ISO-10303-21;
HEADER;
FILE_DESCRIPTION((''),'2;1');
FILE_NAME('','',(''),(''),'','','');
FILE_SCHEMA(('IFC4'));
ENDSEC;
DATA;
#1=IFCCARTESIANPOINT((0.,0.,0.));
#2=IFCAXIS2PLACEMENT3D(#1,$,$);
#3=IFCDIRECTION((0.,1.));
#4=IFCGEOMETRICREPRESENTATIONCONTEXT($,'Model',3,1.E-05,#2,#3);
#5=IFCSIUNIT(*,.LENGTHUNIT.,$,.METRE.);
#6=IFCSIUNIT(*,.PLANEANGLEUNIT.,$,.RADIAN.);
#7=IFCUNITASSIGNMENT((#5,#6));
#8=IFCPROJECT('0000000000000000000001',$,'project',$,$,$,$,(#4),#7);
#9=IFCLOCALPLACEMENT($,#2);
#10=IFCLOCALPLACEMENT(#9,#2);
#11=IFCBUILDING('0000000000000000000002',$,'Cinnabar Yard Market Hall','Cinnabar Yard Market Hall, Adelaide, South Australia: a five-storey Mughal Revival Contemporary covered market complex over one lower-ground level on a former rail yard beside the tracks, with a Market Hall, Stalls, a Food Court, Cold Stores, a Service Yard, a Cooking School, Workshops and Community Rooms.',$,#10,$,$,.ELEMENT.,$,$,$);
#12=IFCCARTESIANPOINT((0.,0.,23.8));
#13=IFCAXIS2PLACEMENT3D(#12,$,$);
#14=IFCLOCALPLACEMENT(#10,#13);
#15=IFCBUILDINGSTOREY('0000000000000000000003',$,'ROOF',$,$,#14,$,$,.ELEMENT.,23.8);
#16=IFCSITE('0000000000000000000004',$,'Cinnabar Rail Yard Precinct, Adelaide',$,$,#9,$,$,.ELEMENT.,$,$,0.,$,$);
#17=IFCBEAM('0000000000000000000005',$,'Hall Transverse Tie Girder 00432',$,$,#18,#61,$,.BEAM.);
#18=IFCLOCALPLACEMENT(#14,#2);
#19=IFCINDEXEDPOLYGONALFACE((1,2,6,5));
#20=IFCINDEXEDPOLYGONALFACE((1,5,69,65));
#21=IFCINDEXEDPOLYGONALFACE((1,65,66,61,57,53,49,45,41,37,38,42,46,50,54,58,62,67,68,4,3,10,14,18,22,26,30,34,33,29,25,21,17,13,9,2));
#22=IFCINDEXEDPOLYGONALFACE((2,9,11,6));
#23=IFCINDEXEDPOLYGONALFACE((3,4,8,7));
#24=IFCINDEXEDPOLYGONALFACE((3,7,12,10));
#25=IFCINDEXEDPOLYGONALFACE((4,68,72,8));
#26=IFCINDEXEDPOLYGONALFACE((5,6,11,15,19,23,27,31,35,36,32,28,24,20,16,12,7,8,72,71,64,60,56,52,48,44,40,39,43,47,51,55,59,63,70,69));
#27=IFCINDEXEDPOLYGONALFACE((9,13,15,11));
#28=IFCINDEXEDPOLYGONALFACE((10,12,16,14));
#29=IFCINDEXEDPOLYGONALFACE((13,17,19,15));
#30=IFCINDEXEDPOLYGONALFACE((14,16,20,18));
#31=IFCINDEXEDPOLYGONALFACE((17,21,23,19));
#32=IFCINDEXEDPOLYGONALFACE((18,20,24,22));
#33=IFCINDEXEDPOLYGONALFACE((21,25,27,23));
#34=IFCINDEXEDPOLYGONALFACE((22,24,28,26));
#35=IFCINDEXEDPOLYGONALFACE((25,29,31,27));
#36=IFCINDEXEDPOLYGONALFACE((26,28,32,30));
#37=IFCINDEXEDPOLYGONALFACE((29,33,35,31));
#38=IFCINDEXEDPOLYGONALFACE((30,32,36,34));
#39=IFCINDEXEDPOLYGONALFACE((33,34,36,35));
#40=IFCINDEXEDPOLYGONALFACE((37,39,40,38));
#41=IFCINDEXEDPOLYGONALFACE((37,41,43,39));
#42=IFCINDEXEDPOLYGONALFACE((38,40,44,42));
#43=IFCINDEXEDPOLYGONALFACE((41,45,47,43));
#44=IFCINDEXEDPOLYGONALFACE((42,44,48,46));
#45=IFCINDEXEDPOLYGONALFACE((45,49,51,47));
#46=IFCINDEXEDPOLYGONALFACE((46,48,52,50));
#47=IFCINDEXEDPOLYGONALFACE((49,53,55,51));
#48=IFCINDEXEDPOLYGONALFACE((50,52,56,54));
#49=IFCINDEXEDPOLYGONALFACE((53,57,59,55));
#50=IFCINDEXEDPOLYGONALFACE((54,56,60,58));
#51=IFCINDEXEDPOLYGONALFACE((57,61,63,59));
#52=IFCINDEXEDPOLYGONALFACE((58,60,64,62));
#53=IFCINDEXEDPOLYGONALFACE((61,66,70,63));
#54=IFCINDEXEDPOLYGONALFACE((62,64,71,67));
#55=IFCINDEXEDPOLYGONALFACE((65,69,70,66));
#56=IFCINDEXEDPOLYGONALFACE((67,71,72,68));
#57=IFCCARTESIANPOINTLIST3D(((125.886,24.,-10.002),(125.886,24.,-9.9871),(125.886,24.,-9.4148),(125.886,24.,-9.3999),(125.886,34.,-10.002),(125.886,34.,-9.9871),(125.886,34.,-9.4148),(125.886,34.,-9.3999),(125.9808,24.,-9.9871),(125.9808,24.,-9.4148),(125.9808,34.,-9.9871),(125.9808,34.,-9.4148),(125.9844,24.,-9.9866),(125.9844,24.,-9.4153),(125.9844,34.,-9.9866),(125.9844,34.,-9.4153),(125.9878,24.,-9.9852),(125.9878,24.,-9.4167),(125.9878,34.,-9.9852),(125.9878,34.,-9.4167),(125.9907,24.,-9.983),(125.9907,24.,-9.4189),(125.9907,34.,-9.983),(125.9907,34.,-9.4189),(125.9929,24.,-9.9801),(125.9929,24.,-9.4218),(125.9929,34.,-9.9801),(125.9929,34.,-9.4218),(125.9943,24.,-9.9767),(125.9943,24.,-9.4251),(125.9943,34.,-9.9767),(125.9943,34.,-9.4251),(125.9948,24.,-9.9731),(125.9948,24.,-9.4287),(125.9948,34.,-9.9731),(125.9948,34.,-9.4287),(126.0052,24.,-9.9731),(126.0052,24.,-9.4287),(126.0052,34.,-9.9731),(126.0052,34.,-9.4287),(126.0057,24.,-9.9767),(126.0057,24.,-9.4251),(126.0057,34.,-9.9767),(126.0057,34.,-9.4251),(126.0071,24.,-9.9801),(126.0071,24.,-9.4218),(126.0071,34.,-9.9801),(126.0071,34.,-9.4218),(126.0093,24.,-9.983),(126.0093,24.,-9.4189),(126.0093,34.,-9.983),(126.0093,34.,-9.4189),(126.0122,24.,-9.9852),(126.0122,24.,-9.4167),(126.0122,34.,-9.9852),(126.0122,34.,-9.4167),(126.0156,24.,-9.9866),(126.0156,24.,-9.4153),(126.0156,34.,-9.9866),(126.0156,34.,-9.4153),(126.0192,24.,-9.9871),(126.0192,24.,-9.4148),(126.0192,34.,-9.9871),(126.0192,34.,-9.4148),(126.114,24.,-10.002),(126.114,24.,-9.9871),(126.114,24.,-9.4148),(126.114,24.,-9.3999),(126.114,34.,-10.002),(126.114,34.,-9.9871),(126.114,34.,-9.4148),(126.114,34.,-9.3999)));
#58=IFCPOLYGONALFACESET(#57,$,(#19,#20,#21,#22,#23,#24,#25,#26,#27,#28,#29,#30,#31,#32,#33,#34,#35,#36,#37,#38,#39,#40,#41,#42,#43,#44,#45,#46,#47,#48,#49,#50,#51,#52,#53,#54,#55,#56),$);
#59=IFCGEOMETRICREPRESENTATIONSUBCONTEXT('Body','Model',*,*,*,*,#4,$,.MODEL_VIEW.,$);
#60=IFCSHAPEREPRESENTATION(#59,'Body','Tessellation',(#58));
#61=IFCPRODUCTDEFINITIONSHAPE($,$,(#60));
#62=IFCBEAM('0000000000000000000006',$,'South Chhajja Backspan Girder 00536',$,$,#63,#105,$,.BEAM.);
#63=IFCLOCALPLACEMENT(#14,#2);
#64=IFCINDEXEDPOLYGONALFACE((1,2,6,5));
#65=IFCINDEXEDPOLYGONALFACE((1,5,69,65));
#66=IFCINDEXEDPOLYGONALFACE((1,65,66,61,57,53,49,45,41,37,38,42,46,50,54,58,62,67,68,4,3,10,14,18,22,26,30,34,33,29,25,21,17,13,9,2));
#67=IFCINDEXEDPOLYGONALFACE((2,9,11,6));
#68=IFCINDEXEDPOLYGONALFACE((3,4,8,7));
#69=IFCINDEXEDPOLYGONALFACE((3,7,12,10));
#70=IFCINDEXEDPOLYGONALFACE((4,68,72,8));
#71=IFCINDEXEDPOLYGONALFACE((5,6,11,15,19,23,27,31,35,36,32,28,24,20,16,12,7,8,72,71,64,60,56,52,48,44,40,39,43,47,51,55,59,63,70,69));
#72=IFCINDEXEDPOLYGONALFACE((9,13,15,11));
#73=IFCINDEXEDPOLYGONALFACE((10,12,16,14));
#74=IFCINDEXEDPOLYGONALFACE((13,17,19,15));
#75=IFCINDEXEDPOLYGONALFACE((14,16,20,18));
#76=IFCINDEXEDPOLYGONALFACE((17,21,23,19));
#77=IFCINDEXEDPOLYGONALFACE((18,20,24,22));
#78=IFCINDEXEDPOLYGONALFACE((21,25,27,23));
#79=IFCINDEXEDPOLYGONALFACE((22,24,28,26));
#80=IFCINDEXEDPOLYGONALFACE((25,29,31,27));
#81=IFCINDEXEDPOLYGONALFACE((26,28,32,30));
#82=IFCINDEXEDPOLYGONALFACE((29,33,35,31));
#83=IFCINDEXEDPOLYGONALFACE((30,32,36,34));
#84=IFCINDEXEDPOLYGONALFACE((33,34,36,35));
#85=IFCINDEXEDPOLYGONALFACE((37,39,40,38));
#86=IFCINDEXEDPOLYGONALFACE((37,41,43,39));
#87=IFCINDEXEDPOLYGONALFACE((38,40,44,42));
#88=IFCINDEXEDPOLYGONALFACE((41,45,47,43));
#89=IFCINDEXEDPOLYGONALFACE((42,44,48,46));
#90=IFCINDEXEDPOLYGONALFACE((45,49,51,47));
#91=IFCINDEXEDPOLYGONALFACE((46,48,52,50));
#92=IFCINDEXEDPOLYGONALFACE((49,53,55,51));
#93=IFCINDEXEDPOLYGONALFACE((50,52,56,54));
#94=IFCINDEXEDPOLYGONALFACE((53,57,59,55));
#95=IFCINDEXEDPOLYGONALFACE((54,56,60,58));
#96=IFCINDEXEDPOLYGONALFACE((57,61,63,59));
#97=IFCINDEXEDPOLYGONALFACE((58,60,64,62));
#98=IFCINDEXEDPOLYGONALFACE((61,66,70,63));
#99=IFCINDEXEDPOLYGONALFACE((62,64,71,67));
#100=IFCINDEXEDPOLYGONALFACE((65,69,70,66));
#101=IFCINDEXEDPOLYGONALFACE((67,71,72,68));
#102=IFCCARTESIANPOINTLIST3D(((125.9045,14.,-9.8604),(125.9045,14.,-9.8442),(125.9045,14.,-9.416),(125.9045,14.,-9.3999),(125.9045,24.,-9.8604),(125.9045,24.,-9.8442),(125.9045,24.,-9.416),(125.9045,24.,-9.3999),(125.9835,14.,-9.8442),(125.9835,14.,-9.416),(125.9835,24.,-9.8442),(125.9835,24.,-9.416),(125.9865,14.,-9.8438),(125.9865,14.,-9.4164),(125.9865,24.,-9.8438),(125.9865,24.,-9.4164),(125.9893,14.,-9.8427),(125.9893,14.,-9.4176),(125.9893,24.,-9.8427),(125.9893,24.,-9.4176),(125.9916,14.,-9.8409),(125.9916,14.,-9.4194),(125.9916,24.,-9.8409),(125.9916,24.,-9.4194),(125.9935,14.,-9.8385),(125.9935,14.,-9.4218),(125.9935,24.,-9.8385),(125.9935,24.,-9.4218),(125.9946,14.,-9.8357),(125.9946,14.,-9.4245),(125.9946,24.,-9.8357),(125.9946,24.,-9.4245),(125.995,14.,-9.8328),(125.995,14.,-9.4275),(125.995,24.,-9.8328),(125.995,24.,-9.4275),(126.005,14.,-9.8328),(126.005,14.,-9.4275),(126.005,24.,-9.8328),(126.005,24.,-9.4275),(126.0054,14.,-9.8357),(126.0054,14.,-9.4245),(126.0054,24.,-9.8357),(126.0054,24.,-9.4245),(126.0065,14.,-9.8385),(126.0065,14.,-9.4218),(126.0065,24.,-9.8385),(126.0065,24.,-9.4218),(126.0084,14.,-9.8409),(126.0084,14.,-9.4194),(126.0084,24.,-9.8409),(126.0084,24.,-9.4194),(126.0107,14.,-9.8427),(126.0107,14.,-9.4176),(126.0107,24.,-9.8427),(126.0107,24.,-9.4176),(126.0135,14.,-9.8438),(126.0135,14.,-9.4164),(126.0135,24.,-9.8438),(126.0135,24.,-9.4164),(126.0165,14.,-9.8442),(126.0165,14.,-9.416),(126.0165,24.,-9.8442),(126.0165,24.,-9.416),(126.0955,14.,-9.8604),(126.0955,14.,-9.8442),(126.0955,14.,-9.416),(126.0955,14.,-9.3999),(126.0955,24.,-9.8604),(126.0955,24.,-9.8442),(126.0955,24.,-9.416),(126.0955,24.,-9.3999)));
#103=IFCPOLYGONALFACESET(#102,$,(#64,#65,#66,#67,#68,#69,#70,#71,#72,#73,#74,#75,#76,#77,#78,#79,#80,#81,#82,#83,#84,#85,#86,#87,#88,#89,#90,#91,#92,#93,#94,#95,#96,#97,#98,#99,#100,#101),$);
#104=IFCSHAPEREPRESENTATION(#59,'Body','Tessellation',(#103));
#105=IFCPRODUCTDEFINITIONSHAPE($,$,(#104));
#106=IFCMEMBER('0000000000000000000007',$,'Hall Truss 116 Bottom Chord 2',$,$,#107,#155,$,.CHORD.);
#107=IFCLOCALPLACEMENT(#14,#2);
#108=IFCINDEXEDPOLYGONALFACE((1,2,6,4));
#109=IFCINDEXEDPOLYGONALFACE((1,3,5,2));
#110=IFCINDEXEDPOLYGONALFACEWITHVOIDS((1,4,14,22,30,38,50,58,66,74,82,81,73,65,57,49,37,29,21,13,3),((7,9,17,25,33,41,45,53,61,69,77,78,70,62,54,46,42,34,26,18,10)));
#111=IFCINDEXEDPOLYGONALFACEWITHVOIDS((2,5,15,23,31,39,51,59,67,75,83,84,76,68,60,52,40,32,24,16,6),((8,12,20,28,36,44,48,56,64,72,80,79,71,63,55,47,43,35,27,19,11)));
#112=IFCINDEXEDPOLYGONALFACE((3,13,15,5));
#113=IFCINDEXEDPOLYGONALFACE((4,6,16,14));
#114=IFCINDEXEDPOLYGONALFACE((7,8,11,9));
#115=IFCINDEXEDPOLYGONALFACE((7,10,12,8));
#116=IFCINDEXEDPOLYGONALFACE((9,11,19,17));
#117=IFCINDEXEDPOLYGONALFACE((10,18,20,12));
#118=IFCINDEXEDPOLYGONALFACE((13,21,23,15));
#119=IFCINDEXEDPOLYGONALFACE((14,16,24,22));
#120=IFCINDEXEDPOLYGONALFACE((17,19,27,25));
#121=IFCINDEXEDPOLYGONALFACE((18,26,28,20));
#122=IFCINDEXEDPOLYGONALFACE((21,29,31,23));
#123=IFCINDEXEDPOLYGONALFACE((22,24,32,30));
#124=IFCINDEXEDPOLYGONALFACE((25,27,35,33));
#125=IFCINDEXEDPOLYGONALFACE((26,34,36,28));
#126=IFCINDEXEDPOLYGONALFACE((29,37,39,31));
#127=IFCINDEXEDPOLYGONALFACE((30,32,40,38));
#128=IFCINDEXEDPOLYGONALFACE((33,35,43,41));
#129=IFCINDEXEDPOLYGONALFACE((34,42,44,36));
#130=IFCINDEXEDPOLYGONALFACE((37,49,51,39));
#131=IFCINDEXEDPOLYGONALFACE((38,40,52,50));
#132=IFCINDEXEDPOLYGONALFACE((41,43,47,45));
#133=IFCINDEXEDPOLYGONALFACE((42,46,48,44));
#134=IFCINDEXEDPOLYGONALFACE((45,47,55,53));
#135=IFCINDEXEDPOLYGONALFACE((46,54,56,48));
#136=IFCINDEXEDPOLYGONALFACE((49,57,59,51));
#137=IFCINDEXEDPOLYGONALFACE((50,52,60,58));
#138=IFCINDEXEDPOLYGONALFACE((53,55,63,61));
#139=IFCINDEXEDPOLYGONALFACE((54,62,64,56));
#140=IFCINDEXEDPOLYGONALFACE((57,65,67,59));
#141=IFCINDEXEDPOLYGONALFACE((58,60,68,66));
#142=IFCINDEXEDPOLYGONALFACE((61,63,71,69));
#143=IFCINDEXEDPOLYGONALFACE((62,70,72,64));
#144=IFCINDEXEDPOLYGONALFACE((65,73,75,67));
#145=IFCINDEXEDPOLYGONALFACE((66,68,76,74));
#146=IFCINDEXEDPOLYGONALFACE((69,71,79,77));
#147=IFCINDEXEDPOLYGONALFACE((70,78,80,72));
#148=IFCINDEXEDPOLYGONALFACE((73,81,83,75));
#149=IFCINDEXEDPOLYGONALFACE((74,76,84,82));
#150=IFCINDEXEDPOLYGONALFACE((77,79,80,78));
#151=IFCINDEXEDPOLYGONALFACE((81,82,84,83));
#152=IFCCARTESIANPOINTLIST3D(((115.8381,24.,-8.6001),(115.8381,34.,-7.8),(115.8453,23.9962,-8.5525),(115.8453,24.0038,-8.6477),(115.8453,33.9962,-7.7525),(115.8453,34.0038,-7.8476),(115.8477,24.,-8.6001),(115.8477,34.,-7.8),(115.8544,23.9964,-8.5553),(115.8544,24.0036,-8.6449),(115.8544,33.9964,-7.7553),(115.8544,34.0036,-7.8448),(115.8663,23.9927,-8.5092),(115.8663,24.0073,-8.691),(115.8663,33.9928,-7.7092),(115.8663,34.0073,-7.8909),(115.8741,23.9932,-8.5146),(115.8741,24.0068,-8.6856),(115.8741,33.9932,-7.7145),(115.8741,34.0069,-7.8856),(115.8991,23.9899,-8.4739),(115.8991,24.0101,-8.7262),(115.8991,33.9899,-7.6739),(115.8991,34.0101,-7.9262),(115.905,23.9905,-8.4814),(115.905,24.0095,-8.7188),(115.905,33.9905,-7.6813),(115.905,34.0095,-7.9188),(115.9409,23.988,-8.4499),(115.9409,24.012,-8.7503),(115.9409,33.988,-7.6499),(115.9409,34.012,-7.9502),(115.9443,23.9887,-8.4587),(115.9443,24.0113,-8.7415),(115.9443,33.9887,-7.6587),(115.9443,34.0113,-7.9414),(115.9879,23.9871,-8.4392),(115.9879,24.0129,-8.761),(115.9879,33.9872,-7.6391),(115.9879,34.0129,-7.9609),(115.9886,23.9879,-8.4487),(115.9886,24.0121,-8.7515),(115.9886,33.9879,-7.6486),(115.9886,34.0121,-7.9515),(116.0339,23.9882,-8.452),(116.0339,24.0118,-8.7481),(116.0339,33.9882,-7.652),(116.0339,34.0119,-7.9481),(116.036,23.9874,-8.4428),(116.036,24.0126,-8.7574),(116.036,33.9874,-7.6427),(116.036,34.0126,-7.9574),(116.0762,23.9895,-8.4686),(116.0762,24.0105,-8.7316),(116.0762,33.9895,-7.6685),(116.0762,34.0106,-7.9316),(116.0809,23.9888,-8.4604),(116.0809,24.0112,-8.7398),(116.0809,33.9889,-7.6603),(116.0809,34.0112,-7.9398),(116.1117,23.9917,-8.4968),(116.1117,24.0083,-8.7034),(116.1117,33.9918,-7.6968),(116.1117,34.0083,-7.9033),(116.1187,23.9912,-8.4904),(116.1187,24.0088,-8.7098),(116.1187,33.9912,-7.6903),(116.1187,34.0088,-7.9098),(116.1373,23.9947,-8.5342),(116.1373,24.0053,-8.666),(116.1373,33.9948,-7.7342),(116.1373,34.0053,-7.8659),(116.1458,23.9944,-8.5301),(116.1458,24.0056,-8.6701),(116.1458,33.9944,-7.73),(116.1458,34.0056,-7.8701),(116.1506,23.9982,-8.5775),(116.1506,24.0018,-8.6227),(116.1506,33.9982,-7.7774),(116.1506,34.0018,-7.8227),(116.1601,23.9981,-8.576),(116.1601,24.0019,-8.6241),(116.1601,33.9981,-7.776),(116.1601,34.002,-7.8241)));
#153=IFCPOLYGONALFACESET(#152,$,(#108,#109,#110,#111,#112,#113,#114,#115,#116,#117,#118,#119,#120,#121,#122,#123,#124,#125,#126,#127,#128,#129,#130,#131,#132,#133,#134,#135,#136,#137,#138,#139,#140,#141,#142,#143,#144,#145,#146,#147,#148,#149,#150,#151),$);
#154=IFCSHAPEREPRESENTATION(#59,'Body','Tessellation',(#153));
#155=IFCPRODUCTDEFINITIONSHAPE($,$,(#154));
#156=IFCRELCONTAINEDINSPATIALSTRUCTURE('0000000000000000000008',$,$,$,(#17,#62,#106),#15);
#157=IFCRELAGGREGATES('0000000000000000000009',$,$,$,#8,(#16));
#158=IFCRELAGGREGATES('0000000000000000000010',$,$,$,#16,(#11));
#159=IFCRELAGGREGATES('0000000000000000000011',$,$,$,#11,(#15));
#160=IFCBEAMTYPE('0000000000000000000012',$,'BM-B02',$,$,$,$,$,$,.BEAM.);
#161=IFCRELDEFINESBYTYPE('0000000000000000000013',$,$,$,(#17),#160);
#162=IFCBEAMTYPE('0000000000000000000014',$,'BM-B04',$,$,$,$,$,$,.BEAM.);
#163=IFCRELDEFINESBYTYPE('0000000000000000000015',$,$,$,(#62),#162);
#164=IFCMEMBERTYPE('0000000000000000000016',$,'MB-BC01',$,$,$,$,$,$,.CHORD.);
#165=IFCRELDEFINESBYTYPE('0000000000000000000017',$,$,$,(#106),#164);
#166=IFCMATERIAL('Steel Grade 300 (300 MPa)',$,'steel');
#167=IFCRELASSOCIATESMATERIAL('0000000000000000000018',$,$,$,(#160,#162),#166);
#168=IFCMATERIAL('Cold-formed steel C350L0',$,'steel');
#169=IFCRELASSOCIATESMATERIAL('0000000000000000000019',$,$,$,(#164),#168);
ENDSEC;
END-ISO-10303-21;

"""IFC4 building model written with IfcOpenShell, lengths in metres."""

from ifc_helpers import new_model, si_unit, direction, frame, origin, origin_2d_with_axis, place, context, subcontext, project, spatial, hollow_circle, i_section, extrude, material, material_profile, profile_set, type_object, element, save


model = new_model("IFC4")

# Units and contexts
model_context = context("Model", 3, precision=1e-05, world=origin(), true_north=direction((0.0, 1.0)))
body_context = subcontext(model_context, "Body", "Model", "MODEL_VIEW")
ifc_project = project(units=[si_unit("LENGTHUNIT", "METRE"), si_unit("PLANEANGLEUNIT", "RADIAN")], contexts=[model_context])

# Site, building, storey
site_placement = place(None, origin())
site = spatial("IfcSite", under=ifc_project, at=site_placement, Name="Cinnabar Rail Yard Precinct, Adelaide", CompositionType="ELEMENT", RefElevation=0.0)
building_placement = place(site_placement, origin())
building = spatial("IfcBuilding", under=site, at=building_placement, Name="Cinnabar Yard Market Hall", Description="Cinnabar Yard Market Hall, Adelaide, South Australia: a five-storey Mughal Revival Contemporary covered market complex over one lower-ground level on a former rail yard beside the tracks, with a Market Hall, Stalls, a Food Court, Cold Stores, a Service Yard, a Cooking School, Workshops and Community Rooms.", CompositionType="ELEMENT")
storey_placement = place(building_placement, frame((0.0, 0.0, 23.8)))
storey = spatial("IfcBuildingStorey", under=building, at=storey_placement, Name="ROOF", CompositionType="ELEMENT", Elevation=23.8)

# Beams
ifc_material_1 = material(Name="Steel Grade 300 (300 MPa)", Category="steel")
ifc_material_profile_1 = material_profile(ifc_material_1, i_section(OverallWidth=0.228, OverallDepth=0.6021, WebThickness=0.0105, FlangeThickness=0.0149, FilletRadius=0.0139, at=origin_2d_with_axis()), Name="610UB101")
ifc_profile_set_1 = profile_set([ifc_material_profile_1], Name="Steel Grade 300 (300 MPa)")
beam_type_1 = type_object("IfcBeamType", Name="BM-B02", PredefinedType="BEAM", material=ifc_profile_set_1)
for number, where, z_axis, x_axis, name in (
    (1, (126.0, 24.0, -9.7009), (0.0, 1.0, 0.0), (-1.0, 0.0, 0.0), "Hall Transverse Tie Girder 00432"),
):
    element("IfcBeam", number, at=place(storey_placement, frame(where, z_axis=z_axis, x_axis=x_axis)), inside=storey, type_object=beam_type_1, Name=name, PredefinedType="BEAM", context=body_context, shape_type="SweptSolid", body=[
        extrude(i_section(OverallWidth=0.228, OverallDepth=0.6021, WebThickness=0.0105, FlangeThickness=0.0149, FilletRadius=0.0139, at=origin_2d_with_axis()), origin(), (0.0, 0.0, 1.0), 10.0),
    ])
ifc_material_profile_2 = material_profile(ifc_material_1, i_section(OverallWidth=0.1909, OverallDepth=0.4604, WebThickness=0.01, FlangeThickness=0.0161, FilletRadius=0.0115, at=origin_2d_with_axis()), Name="460UB82.1")
ifc_profile_set_2 = profile_set([ifc_material_profile_2], Name="Steel Grade 300 (300 MPa)")
beam_type_2 = type_object("IfcBeamType", Name="BM-B04", PredefinedType="BEAM", material=ifc_profile_set_2)
beam_placement = place(storey_placement, frame((126.0, 24.0, -9.6301), z_axis=(0.0, -1.0, 0.0), x_axis=(1.0, 0.0, 0.0)))
element("IfcBeam", 2, at=beam_placement, inside=storey, type_object=beam_type_2, Name="South Chhajja Backspan Girder 00536", PredefinedType="BEAM", context=body_context, shape_type="SweptSolid", body=[
    extrude(i_section(OverallWidth=0.1909, OverallDepth=0.4604, WebThickness=0.01, FlangeThickness=0.0161, FilletRadius=0.0115, at=origin_2d_with_axis()), origin(), (0.0, 0.0, 1.0), 10.0),
])

# Member
ifc_material_2 = material(Name="Cold-formed steel C350L0", Category="steel")
ifc_material_profile_3 = material_profile(ifc_material_2, hollow_circle(Radius=0.1619, WallThickness=0.0095, at=origin_2d_with_axis()), Name="323.9x9.5CHS")
ifc_profile_set_3 = profile_set([ifc_material_profile_3], Name="Cold-formed steel C350L0")
member_type_1 = type_object("IfcMemberType", Name="MB-BC01", PredefinedType="CHORD", material=ifc_profile_set_3)
for number, where, z_axis, x_axis, name in (
    (3, (116.0, 24.0, -8.6001), (0.0, 0.996815, 0.07975), (-1.0, 0.0, 0.0), "Hall Truss 116 Bottom Chord 2"),
):
    element("IfcMember", number, at=place(storey_placement, frame(where, z_axis=z_axis, x_axis=x_axis)), inside=storey, type_object=member_type_1, Name=name, PredefinedType="CHORD", context=body_context, shape_type="SweptSolid", body=[
        extrude(hollow_circle(Radius=0.1619, WallThickness=0.0095, at=origin_2d_with_axis()), origin(), (0.0, 0.0, 1.0), 10.032),
    ])

save(model, "model.ifc")
